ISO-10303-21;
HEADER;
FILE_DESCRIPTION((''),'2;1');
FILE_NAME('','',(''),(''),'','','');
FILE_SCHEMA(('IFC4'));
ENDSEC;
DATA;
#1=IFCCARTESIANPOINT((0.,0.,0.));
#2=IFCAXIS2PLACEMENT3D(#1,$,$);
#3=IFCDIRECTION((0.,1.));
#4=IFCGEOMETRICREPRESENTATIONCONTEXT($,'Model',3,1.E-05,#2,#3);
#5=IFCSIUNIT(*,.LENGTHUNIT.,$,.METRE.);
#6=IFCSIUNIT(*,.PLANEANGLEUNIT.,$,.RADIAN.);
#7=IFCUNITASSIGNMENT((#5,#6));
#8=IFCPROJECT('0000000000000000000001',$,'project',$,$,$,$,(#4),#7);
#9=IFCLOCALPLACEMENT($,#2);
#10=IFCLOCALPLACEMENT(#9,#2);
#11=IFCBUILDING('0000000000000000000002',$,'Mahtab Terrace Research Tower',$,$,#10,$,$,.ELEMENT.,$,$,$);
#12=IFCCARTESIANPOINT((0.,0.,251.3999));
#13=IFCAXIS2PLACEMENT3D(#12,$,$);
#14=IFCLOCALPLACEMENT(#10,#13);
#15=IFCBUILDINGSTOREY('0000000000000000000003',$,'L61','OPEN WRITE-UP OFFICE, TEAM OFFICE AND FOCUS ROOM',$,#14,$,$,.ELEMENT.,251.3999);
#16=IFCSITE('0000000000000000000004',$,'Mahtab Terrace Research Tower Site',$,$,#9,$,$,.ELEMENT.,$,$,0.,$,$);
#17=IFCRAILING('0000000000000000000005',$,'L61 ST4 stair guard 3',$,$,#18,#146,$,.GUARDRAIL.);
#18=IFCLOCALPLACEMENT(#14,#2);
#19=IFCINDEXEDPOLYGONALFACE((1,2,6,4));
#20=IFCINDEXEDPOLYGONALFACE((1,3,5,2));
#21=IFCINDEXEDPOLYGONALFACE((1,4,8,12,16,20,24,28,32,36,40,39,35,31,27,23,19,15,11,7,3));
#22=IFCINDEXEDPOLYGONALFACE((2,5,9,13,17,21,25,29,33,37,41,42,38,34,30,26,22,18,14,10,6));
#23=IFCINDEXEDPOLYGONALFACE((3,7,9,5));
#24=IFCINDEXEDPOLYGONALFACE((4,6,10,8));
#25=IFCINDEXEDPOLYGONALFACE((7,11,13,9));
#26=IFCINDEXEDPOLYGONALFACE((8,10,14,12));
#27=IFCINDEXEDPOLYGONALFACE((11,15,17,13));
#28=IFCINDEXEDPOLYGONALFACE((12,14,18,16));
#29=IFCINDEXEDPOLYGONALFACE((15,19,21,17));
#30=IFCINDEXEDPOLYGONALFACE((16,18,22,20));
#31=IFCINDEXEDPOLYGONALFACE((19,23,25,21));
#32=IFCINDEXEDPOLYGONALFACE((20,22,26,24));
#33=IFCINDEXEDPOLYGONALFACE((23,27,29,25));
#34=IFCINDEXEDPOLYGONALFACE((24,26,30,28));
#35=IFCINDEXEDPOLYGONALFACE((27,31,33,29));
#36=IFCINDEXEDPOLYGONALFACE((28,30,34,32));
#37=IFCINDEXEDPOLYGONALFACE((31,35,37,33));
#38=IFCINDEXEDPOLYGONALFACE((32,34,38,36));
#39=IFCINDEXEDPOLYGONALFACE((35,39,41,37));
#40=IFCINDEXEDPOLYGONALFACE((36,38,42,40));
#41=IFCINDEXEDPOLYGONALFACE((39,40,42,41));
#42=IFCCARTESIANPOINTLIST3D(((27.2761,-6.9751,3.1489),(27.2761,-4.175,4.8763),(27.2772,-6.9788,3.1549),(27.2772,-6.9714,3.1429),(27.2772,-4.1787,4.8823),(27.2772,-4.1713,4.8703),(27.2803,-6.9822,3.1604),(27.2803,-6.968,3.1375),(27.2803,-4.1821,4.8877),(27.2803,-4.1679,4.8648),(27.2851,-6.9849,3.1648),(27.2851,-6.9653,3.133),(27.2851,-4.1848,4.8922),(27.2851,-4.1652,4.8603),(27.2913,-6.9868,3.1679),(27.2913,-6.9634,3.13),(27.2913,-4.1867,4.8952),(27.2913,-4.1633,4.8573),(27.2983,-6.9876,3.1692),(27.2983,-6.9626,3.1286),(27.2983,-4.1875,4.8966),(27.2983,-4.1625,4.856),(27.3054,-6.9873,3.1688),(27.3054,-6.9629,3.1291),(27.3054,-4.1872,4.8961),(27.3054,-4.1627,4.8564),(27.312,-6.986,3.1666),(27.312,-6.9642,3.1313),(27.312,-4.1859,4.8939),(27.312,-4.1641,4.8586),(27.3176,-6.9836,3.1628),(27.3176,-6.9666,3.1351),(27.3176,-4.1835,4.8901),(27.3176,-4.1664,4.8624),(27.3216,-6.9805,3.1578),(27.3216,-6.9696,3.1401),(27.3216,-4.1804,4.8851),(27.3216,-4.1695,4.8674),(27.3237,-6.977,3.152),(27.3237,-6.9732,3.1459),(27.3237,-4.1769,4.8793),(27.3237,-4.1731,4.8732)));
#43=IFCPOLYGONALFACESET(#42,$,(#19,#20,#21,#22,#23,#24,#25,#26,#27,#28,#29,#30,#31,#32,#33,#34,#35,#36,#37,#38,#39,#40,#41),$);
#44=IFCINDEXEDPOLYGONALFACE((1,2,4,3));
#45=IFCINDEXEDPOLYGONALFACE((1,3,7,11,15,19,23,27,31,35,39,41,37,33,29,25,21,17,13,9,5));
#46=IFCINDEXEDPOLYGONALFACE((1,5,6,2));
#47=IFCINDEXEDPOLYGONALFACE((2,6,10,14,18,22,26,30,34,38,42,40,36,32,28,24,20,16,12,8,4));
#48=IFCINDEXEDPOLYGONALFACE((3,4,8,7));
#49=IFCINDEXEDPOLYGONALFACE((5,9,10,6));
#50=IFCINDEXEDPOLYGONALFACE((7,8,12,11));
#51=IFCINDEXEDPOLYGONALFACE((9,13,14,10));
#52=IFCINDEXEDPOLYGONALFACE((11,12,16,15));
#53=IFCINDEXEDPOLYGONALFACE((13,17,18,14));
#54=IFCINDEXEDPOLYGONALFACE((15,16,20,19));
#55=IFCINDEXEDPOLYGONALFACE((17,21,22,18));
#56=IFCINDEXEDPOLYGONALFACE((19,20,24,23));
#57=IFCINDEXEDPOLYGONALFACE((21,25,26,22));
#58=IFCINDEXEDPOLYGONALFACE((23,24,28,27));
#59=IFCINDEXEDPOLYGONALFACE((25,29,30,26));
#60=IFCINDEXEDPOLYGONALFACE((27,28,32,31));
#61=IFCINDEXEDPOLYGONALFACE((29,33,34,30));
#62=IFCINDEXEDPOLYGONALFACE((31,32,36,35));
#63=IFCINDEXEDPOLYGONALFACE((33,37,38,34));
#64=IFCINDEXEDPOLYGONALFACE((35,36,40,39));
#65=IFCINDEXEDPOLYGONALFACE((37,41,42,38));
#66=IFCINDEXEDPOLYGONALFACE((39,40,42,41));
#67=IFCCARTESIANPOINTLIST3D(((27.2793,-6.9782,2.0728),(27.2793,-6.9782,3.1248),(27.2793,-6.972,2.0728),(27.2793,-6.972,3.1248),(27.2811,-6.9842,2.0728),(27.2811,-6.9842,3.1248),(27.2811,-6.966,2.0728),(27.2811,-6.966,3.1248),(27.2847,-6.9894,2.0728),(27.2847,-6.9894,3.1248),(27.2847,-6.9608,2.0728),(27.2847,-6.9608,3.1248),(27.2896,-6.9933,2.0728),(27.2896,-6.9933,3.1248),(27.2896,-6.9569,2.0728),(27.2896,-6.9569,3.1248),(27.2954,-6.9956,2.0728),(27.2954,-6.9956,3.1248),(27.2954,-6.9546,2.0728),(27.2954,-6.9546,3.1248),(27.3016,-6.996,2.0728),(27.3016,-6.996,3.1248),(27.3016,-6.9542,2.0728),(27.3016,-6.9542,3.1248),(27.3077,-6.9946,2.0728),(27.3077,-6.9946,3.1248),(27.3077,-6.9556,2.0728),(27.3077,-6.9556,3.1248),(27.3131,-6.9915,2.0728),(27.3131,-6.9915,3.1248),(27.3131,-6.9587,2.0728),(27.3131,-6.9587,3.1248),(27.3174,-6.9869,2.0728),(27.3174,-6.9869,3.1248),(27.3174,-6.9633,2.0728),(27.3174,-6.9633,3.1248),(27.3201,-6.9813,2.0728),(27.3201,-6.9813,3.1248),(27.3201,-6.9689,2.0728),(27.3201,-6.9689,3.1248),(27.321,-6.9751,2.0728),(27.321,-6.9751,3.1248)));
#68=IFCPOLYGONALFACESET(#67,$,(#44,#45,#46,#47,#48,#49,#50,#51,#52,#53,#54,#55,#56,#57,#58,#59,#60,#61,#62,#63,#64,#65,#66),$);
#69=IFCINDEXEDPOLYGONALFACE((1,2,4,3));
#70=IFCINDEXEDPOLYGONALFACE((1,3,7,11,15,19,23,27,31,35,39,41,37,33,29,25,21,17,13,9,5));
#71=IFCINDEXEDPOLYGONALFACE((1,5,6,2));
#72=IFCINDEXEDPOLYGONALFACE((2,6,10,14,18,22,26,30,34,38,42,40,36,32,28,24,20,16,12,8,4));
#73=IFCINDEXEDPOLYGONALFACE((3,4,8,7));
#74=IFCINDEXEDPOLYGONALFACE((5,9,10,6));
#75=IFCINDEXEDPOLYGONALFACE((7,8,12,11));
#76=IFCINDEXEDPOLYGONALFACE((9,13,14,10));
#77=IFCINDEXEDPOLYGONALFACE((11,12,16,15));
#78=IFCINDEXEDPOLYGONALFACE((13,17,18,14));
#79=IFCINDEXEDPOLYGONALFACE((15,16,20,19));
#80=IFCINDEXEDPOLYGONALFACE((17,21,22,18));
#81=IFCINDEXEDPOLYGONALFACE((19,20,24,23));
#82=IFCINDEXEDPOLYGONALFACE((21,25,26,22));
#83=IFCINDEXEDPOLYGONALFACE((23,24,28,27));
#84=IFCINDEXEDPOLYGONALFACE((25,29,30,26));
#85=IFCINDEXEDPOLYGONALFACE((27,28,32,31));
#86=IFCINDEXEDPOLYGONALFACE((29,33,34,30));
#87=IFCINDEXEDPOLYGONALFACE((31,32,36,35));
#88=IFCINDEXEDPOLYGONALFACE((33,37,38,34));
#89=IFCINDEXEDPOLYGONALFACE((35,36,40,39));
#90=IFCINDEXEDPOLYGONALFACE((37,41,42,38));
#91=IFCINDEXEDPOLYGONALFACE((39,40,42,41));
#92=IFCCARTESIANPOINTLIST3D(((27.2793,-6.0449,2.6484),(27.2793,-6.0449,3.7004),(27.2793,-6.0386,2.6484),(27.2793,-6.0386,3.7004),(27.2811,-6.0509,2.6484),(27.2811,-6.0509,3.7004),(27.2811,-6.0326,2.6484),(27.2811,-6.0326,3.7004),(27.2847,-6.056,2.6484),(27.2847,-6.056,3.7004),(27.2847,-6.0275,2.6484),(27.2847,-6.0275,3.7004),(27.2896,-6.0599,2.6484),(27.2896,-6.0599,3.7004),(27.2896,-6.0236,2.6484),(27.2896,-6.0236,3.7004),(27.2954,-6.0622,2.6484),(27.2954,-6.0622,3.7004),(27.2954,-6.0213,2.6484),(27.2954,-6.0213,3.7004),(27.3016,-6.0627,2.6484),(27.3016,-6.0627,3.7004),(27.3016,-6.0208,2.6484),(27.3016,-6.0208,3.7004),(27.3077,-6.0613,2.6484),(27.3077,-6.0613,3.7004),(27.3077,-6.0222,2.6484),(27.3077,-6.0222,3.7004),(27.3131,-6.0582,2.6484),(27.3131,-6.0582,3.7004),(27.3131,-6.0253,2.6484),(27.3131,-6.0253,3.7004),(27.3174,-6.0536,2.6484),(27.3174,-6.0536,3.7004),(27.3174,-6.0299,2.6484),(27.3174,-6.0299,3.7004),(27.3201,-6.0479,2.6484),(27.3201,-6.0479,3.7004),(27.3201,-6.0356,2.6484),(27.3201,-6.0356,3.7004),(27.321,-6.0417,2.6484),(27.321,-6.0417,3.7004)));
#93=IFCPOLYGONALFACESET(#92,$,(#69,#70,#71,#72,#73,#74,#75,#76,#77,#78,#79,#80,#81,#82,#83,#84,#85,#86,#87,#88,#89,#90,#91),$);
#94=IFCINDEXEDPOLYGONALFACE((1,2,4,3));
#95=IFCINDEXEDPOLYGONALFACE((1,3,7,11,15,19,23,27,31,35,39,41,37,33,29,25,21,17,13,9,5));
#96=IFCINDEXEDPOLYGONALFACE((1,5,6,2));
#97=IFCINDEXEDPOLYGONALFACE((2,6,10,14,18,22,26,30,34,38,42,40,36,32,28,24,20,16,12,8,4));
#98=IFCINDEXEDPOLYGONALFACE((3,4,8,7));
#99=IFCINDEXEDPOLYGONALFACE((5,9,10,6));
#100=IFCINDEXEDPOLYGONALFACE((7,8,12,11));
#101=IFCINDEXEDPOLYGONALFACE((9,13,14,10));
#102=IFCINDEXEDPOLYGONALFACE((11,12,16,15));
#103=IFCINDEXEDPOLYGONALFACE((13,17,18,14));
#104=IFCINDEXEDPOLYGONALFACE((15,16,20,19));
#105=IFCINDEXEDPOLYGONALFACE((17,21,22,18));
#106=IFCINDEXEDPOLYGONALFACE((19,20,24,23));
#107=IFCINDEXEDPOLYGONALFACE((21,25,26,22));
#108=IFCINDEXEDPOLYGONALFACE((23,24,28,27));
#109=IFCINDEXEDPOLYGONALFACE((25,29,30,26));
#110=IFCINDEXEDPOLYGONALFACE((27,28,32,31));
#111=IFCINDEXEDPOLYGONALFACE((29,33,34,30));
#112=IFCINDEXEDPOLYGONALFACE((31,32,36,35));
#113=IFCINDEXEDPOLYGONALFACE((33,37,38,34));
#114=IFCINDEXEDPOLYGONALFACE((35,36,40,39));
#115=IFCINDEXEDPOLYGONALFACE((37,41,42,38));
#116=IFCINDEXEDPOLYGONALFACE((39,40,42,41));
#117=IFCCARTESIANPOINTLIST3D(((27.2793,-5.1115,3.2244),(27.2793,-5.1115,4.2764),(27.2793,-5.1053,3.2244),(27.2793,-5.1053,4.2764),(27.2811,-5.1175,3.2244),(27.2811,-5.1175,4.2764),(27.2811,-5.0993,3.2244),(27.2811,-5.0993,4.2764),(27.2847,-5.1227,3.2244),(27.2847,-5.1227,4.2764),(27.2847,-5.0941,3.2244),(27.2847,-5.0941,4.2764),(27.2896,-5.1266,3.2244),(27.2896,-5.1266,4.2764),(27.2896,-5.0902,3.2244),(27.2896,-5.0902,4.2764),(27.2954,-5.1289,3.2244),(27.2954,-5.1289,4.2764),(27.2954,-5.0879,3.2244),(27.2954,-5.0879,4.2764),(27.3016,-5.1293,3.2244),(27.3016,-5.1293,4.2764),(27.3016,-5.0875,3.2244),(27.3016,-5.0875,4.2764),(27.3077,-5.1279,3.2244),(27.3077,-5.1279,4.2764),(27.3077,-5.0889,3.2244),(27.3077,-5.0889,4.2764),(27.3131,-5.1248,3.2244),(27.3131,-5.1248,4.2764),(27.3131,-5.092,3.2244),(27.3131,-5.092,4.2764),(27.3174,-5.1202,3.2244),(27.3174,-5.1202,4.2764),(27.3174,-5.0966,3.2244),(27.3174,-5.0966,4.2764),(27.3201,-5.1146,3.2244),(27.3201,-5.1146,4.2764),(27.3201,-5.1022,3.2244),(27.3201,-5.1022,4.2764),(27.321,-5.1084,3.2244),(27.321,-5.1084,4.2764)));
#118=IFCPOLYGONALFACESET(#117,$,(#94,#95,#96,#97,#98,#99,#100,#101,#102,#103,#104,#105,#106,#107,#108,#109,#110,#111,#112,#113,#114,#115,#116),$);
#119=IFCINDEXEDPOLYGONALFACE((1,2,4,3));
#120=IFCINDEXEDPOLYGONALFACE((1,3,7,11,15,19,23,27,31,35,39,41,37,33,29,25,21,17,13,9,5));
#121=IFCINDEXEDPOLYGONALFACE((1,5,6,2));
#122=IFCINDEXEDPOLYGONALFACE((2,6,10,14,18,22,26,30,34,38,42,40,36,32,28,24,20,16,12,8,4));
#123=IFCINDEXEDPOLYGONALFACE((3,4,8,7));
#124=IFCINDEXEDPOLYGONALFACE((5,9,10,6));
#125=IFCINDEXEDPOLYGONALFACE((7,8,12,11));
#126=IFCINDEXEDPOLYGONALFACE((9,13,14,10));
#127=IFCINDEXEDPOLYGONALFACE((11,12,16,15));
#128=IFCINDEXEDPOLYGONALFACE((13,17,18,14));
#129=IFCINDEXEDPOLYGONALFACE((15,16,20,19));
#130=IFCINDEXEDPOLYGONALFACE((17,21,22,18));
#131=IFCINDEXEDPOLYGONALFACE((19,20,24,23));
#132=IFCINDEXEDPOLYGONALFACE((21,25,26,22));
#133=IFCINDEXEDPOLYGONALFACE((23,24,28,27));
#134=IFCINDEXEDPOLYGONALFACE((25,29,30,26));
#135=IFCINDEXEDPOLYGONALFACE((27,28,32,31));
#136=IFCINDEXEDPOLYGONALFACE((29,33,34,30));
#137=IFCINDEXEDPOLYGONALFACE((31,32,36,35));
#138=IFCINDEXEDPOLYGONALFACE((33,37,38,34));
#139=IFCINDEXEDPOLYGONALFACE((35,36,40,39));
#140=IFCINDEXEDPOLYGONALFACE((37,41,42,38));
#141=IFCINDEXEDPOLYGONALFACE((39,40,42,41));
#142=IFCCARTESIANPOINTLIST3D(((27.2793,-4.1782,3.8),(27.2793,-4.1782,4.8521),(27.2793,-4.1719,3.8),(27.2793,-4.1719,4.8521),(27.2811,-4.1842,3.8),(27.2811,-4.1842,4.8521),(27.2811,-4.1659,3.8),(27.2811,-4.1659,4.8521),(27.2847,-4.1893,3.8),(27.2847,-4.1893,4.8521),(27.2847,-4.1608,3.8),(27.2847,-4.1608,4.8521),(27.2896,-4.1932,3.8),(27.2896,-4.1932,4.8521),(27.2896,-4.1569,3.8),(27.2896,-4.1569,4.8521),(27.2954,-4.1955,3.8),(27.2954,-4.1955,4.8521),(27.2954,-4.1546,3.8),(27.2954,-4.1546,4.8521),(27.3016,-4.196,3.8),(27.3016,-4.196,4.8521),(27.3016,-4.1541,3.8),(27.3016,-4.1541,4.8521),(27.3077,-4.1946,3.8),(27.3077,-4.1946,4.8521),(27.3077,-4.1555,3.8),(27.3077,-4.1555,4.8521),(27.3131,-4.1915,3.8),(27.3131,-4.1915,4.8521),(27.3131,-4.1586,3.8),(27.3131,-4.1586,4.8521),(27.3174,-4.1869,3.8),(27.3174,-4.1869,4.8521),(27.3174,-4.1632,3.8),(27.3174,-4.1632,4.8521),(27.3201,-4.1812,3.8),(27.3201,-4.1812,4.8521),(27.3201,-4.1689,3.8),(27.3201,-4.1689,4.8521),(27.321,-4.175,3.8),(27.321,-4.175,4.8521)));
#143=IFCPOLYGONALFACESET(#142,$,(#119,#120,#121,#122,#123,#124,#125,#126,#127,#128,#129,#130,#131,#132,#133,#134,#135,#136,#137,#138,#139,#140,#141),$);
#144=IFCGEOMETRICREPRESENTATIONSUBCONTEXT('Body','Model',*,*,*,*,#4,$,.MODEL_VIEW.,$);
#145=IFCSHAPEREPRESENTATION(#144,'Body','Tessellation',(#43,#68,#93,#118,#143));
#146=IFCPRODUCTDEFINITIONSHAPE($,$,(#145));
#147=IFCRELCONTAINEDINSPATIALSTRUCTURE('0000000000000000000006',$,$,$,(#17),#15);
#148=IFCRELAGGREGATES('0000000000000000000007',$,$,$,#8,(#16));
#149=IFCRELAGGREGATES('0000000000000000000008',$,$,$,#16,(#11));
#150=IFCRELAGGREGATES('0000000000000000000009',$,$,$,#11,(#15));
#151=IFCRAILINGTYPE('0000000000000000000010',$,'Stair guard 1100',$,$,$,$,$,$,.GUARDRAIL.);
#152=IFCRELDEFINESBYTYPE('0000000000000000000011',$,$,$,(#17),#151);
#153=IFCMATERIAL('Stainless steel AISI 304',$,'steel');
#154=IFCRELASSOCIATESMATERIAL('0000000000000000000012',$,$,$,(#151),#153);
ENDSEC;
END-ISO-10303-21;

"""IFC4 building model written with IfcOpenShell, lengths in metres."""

from ifc_helpers import new_model, si_unit, direction, frame, origin, origin_2d, place, context, subcontext, project, spatial, circle, extrude, material, type_object, element, save


model = new_model("IFC4")

# Units and contexts
model_context = context("Model", 3, precision=1e-05, world=origin(), true_north=direction((0.0, 1.0)))
body_context = subcontext(model_context, "Body", "Model", "MODEL_VIEW")
ifc_project = project(units=[si_unit("LENGTHUNIT", "METRE"), si_unit("PLANEANGLEUNIT", "RADIAN")], contexts=[model_context])

# Site, building, storey
site_placement = place(None, origin())
site = spatial("IfcSite", under=ifc_project, at=site_placement, Name="Mahtab Terrace Research Tower Site", CompositionType="ELEMENT", RefElevation=0.0)
building_placement = place(site_placement, origin())
building = spatial("IfcBuilding", under=site, at=building_placement, Name="Mahtab Terrace Research Tower", CompositionType="ELEMENT")
storey_placement = place(building_placement, frame((0.0, 0.0, 251.3999)))
storey = spatial("IfcBuildingStorey", under=building, at=storey_placement, Name="L61", Description="OPEN WRITE-UP OFFICE, TEAM OFFICE AND FOCUS ROOM", CompositionType="ELEMENT", Elevation=251.3999)

# Shared definitions
ifc_material_1 = material(Name="Stainless steel AISI 304", Category="steel")

# Railing
railing_type_1 = type_object("IfcRailingType", Name="Stair guard 1100", PredefinedType="GUARDRAIL", material=ifc_material_1)
railing_1_placement = place(storey_placement, frame((27.3, -6.9751, 2.0728)))
element("IfcRailing", 1, at=railing_1_placement, inside=storey, type_object=railing_type_1, Name="L61 ST4 stair guard 3", PredefinedType="GUARDRAIL", context=body_context, shape_type="SweptSolid", body=[
    extrude(circle(Radius=0.0239, at=origin_2d()), frame((0.0, 0.0, 1.0762), z_axis=(0.0, 0.85109, 0.52502), x_axis=(-1.0, 0.0, 0.0)), (0.0, 0.0, 1.0), 3.29),
    extrude(circle(Radius=0.021, at=origin_2d()), origin(), (0.0, 0.0, 1.0), 1.052),
    extrude(circle(Radius=0.021, at=origin_2d()), frame((0.0, 0.9333, 0.5757)), (0.0, 0.0, 1.0), 1.052),
    extrude(circle(Radius=0.021, at=origin_2d()), frame((0.0, 1.8667, 1.1516)), (0.0, 0.0, 1.0), 1.052),
    extrude(circle(Radius=0.021, at=origin_2d()), frame((0.0, 2.8, 1.7273)), (0.0, 0.0, 1.0), 1.052),
])

save(model, "model.ifc")
